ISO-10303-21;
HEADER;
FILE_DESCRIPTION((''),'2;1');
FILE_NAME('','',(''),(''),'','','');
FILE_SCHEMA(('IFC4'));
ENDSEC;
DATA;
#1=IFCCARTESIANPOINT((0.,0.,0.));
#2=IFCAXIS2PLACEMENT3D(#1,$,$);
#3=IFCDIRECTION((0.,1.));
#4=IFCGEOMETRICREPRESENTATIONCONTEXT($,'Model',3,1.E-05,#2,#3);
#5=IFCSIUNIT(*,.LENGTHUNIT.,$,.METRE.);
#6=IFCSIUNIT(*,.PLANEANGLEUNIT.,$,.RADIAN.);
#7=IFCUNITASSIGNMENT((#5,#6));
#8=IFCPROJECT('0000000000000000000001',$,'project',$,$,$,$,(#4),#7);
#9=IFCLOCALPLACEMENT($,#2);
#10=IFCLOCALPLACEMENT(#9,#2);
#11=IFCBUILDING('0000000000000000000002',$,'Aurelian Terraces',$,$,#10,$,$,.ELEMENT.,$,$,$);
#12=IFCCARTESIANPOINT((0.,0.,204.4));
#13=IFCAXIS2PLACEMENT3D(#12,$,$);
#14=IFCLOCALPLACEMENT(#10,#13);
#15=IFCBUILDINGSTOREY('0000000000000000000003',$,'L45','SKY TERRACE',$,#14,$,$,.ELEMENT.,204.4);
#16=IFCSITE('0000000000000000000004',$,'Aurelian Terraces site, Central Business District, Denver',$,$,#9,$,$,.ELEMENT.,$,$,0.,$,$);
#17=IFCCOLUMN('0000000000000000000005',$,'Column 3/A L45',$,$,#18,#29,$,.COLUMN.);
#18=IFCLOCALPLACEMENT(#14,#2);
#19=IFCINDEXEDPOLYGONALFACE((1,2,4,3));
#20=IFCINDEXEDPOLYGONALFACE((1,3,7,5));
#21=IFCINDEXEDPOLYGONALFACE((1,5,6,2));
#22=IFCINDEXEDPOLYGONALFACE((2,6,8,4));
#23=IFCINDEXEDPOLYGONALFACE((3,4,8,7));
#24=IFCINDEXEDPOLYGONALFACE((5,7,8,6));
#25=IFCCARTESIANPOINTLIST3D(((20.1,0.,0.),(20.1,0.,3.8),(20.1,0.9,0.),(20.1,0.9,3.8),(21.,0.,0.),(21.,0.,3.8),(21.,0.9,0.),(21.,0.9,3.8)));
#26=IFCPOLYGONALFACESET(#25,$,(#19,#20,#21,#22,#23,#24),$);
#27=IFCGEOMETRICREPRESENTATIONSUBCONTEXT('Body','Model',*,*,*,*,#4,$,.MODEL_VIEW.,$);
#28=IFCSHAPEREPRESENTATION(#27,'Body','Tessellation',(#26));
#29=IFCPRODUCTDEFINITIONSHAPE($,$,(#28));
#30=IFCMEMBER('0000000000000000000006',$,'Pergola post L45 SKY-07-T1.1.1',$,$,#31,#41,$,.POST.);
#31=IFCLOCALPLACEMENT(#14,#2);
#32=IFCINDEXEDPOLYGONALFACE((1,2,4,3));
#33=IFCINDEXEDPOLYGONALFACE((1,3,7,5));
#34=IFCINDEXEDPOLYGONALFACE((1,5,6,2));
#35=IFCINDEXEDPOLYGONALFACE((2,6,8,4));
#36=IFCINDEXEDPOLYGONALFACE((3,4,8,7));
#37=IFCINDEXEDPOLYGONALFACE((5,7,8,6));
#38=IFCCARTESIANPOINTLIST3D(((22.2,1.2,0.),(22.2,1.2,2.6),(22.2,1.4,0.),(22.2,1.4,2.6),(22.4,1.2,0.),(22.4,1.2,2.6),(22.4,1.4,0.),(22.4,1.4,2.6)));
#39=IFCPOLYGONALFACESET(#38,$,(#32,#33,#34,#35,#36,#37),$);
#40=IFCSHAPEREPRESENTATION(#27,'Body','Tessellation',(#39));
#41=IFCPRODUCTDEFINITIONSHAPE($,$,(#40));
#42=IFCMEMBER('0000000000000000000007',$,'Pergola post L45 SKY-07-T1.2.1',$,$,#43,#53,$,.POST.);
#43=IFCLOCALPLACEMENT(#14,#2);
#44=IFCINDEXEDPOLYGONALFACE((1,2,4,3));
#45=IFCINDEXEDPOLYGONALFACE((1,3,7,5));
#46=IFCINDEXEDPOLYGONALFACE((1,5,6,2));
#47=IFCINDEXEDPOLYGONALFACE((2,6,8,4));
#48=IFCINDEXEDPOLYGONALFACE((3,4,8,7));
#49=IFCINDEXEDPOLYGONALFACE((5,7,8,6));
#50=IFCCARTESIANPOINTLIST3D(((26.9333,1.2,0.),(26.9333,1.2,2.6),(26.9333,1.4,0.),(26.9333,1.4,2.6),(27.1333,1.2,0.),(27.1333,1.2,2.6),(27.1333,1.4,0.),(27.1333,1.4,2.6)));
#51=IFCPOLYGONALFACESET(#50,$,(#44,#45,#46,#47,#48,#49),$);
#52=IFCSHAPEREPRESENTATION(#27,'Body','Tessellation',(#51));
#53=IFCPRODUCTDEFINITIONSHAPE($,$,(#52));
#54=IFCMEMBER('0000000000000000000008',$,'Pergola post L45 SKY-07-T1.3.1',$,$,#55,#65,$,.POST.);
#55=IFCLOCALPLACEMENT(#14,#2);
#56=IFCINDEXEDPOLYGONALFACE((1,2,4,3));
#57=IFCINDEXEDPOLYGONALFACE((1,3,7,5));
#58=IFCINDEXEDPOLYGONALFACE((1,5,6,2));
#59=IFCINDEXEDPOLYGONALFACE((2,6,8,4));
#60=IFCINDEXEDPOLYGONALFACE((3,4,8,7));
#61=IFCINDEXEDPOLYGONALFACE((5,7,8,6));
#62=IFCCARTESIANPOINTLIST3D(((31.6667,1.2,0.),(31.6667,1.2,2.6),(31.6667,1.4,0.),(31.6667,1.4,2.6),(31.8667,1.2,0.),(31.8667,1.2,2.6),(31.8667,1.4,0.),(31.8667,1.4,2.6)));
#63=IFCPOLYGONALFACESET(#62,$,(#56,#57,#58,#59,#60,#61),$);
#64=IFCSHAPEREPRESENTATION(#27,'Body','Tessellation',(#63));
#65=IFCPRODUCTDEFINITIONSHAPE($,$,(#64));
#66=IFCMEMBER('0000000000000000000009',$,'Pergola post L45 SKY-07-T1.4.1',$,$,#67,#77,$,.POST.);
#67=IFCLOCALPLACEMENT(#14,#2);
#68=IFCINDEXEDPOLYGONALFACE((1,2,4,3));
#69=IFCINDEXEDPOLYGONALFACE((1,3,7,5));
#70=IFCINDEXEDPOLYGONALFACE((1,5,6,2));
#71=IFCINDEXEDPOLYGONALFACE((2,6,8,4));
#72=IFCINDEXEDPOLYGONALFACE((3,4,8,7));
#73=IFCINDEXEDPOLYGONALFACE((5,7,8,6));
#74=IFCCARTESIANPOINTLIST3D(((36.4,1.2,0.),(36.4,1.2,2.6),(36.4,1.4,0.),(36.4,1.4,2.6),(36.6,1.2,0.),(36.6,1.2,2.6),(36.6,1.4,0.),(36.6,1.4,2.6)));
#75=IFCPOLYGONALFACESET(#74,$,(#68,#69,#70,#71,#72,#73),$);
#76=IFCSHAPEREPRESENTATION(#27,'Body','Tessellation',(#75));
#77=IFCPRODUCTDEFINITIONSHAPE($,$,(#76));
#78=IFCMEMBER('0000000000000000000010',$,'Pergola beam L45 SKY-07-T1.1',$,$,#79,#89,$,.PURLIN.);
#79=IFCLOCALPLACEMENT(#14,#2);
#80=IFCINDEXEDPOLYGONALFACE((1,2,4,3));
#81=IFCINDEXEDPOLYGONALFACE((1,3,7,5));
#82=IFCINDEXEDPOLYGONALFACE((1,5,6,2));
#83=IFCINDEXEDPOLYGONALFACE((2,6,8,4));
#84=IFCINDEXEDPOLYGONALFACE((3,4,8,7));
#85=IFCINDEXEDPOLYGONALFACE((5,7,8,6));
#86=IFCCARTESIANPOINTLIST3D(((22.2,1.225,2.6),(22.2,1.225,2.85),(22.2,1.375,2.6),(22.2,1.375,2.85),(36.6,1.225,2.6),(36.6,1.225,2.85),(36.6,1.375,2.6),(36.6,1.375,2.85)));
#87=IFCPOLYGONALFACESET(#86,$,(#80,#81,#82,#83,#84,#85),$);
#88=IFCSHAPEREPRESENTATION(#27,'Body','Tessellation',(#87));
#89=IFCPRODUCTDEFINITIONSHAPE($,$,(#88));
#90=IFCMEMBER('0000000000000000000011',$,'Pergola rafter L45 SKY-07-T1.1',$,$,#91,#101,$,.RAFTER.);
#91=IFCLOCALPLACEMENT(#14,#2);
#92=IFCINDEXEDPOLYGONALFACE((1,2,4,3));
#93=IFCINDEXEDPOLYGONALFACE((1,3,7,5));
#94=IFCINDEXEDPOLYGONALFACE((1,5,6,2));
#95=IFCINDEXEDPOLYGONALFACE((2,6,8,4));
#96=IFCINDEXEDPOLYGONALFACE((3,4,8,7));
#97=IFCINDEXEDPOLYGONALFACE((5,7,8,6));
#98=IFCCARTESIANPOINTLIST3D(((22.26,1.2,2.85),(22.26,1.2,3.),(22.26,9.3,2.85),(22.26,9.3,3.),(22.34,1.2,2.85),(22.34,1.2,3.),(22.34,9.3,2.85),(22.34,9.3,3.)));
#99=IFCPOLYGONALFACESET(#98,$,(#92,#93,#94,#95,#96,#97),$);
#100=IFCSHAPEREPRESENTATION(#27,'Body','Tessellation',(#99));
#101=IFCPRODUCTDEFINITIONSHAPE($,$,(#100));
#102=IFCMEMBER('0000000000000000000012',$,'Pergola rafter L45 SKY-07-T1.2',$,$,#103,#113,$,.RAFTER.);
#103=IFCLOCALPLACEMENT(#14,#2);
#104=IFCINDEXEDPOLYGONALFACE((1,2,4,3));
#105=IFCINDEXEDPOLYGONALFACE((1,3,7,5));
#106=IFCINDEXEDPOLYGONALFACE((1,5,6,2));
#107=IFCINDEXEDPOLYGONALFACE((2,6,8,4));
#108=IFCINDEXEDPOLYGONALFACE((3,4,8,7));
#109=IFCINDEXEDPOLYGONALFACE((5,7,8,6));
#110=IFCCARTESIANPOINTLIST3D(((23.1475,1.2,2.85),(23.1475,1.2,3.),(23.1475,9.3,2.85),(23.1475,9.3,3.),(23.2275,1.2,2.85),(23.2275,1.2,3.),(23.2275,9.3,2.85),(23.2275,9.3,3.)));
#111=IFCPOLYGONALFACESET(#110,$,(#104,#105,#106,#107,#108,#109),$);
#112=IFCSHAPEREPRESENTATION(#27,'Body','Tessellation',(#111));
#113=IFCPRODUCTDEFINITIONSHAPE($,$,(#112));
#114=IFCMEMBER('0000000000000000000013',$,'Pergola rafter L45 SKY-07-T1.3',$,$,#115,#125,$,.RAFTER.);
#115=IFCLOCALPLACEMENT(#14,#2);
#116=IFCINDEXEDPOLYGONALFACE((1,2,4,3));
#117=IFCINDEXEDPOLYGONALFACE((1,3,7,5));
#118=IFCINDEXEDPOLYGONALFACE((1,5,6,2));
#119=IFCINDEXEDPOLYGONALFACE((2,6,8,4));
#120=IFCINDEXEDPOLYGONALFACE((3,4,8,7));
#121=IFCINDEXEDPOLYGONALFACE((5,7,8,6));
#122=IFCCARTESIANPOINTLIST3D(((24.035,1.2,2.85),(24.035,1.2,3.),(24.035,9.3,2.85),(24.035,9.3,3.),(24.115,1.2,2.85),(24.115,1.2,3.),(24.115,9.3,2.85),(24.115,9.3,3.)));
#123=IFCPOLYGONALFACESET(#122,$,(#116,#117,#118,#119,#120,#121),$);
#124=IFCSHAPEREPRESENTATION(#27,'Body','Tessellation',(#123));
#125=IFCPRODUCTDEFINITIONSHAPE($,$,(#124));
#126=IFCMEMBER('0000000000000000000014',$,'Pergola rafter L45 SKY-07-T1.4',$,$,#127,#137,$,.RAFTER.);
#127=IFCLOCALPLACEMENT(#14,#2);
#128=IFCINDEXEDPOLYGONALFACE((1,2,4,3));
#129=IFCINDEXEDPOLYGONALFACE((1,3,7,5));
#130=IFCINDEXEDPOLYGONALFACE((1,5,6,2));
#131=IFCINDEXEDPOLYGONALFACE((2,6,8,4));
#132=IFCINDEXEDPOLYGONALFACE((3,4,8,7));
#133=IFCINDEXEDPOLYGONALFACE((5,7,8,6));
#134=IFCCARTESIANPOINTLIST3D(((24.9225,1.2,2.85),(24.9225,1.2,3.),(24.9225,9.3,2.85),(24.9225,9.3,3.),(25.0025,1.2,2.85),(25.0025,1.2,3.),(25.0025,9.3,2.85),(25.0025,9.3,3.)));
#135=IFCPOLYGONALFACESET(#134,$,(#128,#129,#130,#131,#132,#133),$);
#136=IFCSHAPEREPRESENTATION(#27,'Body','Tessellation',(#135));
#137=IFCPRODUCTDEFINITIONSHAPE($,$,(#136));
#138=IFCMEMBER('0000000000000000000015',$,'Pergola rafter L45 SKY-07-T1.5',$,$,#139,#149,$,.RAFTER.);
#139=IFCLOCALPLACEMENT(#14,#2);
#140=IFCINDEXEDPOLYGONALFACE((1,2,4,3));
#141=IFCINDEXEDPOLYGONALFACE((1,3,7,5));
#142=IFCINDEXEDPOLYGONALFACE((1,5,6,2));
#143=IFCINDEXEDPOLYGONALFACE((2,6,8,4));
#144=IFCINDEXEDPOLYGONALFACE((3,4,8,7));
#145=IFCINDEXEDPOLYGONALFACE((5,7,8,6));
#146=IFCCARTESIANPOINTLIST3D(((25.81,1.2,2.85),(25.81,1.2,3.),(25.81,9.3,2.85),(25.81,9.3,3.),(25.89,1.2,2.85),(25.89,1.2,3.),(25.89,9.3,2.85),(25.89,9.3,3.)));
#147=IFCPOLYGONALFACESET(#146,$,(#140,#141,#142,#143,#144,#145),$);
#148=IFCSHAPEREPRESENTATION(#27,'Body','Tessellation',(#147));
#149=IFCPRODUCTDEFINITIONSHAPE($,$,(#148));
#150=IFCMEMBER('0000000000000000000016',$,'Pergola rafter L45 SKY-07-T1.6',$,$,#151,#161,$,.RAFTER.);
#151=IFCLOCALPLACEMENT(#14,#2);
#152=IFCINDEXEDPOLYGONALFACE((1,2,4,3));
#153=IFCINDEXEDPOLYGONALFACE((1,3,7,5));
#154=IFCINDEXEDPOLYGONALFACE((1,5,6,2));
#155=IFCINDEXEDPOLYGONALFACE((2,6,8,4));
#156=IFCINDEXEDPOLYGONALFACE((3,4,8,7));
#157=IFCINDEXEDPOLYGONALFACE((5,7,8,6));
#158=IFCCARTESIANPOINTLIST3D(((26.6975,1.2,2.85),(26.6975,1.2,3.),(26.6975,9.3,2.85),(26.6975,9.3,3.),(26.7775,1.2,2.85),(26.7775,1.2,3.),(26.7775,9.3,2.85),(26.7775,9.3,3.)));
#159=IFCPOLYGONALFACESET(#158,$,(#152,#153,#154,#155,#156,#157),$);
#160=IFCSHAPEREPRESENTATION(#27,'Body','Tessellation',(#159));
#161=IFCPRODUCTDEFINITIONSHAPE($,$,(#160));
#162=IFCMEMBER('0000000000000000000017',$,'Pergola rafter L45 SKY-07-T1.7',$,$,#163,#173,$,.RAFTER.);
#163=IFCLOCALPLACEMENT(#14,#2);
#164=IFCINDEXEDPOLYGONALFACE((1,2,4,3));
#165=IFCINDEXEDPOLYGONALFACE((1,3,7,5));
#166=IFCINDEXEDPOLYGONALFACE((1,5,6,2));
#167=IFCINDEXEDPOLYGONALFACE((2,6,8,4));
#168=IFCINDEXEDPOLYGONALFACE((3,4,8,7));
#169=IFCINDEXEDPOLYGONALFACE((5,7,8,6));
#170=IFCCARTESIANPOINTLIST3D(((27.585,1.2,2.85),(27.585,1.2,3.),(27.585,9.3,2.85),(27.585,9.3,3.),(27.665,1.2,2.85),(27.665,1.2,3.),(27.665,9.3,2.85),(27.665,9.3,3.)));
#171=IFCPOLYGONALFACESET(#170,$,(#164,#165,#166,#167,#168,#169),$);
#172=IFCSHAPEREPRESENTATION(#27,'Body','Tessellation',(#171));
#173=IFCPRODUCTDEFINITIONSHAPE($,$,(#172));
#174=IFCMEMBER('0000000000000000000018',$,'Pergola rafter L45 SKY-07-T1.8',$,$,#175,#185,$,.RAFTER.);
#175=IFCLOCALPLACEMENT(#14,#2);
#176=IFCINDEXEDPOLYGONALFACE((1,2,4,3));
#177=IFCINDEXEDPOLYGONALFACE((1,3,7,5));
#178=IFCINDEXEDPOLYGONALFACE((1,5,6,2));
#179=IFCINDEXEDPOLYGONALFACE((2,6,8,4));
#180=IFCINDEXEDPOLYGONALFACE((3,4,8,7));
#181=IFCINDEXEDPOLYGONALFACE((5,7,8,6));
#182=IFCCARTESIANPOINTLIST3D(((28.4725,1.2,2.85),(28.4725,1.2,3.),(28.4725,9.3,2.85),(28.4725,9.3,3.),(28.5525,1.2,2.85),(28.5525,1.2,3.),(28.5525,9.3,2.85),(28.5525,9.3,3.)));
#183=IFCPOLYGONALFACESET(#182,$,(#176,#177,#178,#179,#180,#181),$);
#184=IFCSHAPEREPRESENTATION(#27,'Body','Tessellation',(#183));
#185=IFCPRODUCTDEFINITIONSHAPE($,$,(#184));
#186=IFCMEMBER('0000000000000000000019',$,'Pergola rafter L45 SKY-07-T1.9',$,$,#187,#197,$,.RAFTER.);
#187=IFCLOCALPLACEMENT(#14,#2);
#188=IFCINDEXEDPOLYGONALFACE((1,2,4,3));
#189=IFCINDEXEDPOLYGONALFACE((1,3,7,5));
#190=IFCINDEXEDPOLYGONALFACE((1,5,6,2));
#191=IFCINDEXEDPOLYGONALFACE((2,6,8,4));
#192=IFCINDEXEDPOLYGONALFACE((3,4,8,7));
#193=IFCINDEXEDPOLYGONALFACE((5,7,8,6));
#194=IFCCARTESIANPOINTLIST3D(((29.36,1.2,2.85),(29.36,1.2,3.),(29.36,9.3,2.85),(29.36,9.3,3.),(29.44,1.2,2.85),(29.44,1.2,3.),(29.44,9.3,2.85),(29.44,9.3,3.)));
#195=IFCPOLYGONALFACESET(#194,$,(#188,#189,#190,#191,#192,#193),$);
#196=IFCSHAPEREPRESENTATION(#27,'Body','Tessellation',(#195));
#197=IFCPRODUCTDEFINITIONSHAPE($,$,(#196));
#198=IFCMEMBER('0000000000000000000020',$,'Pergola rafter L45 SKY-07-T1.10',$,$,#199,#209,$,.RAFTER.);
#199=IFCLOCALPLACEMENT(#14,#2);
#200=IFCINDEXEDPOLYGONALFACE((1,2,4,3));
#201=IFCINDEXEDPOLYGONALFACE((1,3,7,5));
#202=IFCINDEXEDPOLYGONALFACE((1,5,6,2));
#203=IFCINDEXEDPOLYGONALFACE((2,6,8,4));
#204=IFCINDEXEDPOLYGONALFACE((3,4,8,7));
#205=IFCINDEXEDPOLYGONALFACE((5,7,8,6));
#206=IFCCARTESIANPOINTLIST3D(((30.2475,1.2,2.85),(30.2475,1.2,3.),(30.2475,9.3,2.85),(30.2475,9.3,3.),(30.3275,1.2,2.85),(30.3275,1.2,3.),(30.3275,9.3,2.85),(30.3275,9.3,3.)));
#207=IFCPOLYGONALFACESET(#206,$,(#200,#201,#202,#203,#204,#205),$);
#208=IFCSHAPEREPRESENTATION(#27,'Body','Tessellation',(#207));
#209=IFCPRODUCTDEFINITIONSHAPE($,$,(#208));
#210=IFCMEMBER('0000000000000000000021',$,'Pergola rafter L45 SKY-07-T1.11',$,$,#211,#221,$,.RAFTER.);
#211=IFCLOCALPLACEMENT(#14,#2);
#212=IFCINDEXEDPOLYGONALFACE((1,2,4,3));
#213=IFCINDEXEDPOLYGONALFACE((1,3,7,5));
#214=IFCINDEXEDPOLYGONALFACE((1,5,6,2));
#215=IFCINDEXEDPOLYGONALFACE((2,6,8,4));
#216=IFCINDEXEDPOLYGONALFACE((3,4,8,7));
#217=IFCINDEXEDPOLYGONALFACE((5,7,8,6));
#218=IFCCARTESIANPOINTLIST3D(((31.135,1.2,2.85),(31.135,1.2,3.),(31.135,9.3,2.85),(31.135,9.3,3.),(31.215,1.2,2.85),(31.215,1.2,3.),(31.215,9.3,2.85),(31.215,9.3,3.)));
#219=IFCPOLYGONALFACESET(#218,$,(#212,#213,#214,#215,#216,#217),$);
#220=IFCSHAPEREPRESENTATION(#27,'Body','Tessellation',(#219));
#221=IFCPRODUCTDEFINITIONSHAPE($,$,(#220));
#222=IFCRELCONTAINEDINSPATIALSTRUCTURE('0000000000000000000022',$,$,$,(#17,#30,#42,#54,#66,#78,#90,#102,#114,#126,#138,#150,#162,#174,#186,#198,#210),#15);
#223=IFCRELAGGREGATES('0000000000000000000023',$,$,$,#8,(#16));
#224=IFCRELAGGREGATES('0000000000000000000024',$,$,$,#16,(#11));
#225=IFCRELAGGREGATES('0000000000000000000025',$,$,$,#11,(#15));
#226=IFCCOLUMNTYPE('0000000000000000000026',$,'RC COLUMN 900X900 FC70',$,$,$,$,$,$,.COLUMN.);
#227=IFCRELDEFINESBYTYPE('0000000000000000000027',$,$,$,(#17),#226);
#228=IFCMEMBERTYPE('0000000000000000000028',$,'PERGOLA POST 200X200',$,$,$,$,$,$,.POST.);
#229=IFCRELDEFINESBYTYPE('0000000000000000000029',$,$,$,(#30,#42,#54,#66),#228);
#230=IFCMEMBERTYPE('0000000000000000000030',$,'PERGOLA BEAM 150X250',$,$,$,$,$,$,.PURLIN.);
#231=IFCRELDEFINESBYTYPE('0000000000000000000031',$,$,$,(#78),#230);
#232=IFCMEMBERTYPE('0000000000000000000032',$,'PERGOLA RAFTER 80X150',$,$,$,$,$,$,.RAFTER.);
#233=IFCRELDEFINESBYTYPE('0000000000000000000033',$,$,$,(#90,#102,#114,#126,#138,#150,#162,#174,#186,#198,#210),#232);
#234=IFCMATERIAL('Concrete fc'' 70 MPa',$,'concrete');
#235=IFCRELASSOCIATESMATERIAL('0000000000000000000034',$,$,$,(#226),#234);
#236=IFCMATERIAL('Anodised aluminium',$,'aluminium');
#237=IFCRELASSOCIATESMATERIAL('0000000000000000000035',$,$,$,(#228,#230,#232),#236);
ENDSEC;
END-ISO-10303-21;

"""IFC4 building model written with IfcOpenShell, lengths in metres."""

from ifc_helpers import new_model, si_unit, direction, frame, origin, origin_2d, place, context, subcontext, project, spatial, rectangle, extrude, source, transform, mapped, material, material_profile, profile_set, type_object, element, save


model = new_model("IFC4")

# Units and contexts
model_context = context("Model", 3, precision=1e-05, world=origin(), true_north=direction((0.0, 1.0)))
body_context = subcontext(model_context, "Body", "Model", "MODEL_VIEW")
ifc_project = project(units=[si_unit("LENGTHUNIT", "METRE"), si_unit("PLANEANGLEUNIT", "RADIAN")], contexts=[model_context])

# Site, building, storey
site_placement = place(None, origin())
site = spatial("IfcSite", under=ifc_project, at=site_placement, Name="Aurelian Terraces site, Central Business District, Denver", CompositionType="ELEMENT", RefElevation=0.0)
building_placement = place(site_placement, origin())
building = spatial("IfcBuilding", under=site, at=building_placement, Name="Aurelian Terraces", CompositionType="ELEMENT")
storey_placement = place(building_placement, frame((0.0, 0.0, 204.4)))
storey = spatial("IfcBuildingStorey", under=building, at=storey_placement, Name="L45", Description="SKY TERRACE", CompositionType="ELEMENT", Elevation=204.4)

# Column
ifc_material_1 = material(Name="Concrete fc' 70 MPa", Category="concrete")
ifc_material_profile_1 = material_profile(ifc_material_1, rectangle(XDim=0.9, YDim=0.9, at=origin_2d()))
ifc_profile_set_1 = profile_set([ifc_material_profile_1], Name="Concrete fc' 70 MPa")
column_type = type_object("IfcColumnType", Name="RC COLUMN 900X900 FC70", PredefinedType="COLUMN", material=ifc_profile_set_1)
shared_shape_1 = source(origin(), body_context, "Body", "SweptSolid", [
    extrude(rectangle(XDim=0.9, YDim=0.9, at=origin_2d()), origin(), (0.0, 0.0, 1.0), 3.8),
])
column_placement = place(storey_placement, frame((20.55, 0.45, 0.0), z_axis=(0.0, 0.0, 1.0), x_axis=(1.0, 0.0, 0.0)))
element("IfcColumn", 1, at=column_placement, inside=storey, type_object=column_type, Name="Column 3/A L45", PredefinedType="COLUMN", context=body_context, shape_type="MappedRepresentation", body=[
    mapped(shared_shape_1, transform((0.0, 0.0, 0.0), scale=1.0)),
])

# Members
ifc_material_2 = material(Name="Anodised aluminium", Category="aluminium")
ifc_material_profile_2 = material_profile(ifc_material_2, rectangle(XDim=0.2, YDim=0.2, at=origin_2d()))
ifc_profile_set_2 = profile_set([ifc_material_profile_2], Name="Anodised aluminium")
member_type_1 = type_object("IfcMemberType", Name="PERGOLA POST 200X200", PredefinedType="POST", material=ifc_profile_set_2)
shared_shape_2 = source(origin(), body_context, "Body", "SweptSolid", [
    extrude(rectangle(XDim=0.2, YDim=0.2, at=origin_2d()), origin(), (0.0, 0.0, 1.0), 2.6),
])
for number, where, z_axis, x_axis, name in (
    (2, (22.3, 1.3, 0.0), (0.0, 0.0, 1.0), (1.0, 0.0, 0.0), "Pergola post L45 SKY-07-T1.1.1"),
    (3, (27.0333, 1.3, 0.0), (0.0, 0.0, 1.0), (1.0, 0.0, 0.0), "Pergola post L45 SKY-07-T1.2.1"),
    (4, (31.7667, 1.3, 0.0), (0.0, 0.0, 1.0), (1.0, 0.0, 0.0), "Pergola post L45 SKY-07-T1.3.1"),
    (5, (36.5, 1.3, 0.0), (0.0, 0.0, 1.0), (1.0, 0.0, 0.0), "Pergola post L45 SKY-07-T1.4.1"),
):
    element("IfcMember", number, at=place(storey_placement, frame(where, z_axis=z_axis, x_axis=x_axis)), inside=storey, type_object=member_type_1, Name=name, PredefinedType="POST", context=body_context, shape_type="MappedRepresentation", body=[
        mapped(shared_shape_2, transform((0.0, 0.0, 0.0), scale=1.0)),
    ])
ifc_material_profile_3 = material_profile(ifc_material_2, rectangle(XDim=0.15, YDim=0.25, at=origin_2d()))
ifc_profile_set_3 = profile_set([ifc_material_profile_3], Name="Anodised aluminium")
member_type_2 = type_object("IfcMemberType", Name="PERGOLA BEAM 150X250", PredefinedType="PURLIN", material=ifc_profile_set_3)
shared_shape_3 = source(origin(), body_context, "Body", "SweptSolid", [
    extrude(rectangle(XDim=0.15, YDim=0.25, at=origin_2d()), origin(), (0.0, 0.0, 1.0), 14.4),
])
member_placement = place(storey_placement, frame((22.2, 1.3, 2.725), z_axis=(1.0, 0.0, 0.0), x_axis=(0.0, 1.0, 0.0)))
element("IfcMember", 6, at=member_placement, inside=storey, type_object=member_type_2, Name="Pergola beam L45 SKY-07-T1.1", PredefinedType="PURLIN", context=body_context, shape_type="MappedRepresentation", body=[
    mapped(shared_shape_3, transform((0.0, 0.0, 0.0), scale=1.0)),
])
ifc_material_profile_4 = material_profile(ifc_material_2, rectangle(XDim=0.08, YDim=0.15, at=origin_2d()))
ifc_profile_set_4 = profile_set([ifc_material_profile_4], Name="Anodised aluminium")
member_type_3 = type_object("IfcMemberType", Name="PERGOLA RAFTER 80X150", PredefinedType="RAFTER", material=ifc_profile_set_4)
shared_shape_4 = source(origin(), body_context, "Body", "SweptSolid", [
    extrude(rectangle(XDim=0.08, YDim=0.15, at=origin_2d()), origin(), (0.0, 0.0, 1.0), 8.1),
])
for number, where, z_axis, x_axis, name in (
    (7, (22.3, 1.2, 2.925), (0.0, 1.0, 0.0), (-1.0, 0.0, 0.0), "Pergola rafter L45 SKY-07-T1.1"),
    (8, (23.1875, 1.2, 2.925), (0.0, 1.0, 0.0), (-1.0, 0.0, 0.0), "Pergola rafter L45 SKY-07-T1.2"),
    (9, (24.075, 1.2, 2.925), (0.0, 1.0, 0.0), (-1.0, 0.0, 0.0), "Pergola rafter L45 SKY-07-T1.3"),
    (10, (24.9625, 1.2, 2.925), (0.0, 1.0, 0.0), (-1.0, 0.0, 0.0), "Pergola rafter L45 SKY-07-T1.4"),
    (11, (25.85, 1.2, 2.925), (0.0, 1.0, 0.0), (-1.0, 0.0, 0.0), "Pergola rafter L45 SKY-07-T1.5"),
    (12, (26.7375, 1.2, 2.925), (0.0, 1.0, 0.0), (-1.0, 0.0, 0.0), "Pergola rafter L45 SKY-07-T1.6"),
    (13, (27.625, 1.2, 2.925), (0.0, 1.0, 0.0), (-1.0, 0.0, 0.0), "Pergola rafter L45 SKY-07-T1.7"),
    (14, (28.5125, 1.2, 2.925), (0.0, 1.0, 0.0), (-1.0, 0.0, 0.0), "Pergola rafter L45 SKY-07-T1.8"),
    (15, (29.4, 1.2, 2.925), (0.0, 1.0, 0.0), (-1.0, 0.0, 0.0), "Pergola rafter L45 SKY-07-T1.9"),
    (16, (30.2875, 1.2, 2.925), (0.0, 1.0, 0.0), (-1.0, 0.0, 0.0), "Pergola rafter L45 SKY-07-T1.10"),
    (17, (31.175, 1.2, 2.925), (0.0, 1.0, 0.0), (-1.0, 0.0, 0.0), "Pergola rafter L45 SKY-07-T1.11"),
):
    element("IfcMember", number, at=place(storey_placement, frame(where, z_axis=z_axis, x_axis=x_axis)), inside=storey, type_object=member_type_3, Name=name, PredefinedType="RAFTER", context=body_context, shape_type="MappedRepresentation", body=[
        mapped(shared_shape_4, transform((0.0, 0.0, 0.0), scale=1.0)),
    ])

save(model, "model.ifc")
